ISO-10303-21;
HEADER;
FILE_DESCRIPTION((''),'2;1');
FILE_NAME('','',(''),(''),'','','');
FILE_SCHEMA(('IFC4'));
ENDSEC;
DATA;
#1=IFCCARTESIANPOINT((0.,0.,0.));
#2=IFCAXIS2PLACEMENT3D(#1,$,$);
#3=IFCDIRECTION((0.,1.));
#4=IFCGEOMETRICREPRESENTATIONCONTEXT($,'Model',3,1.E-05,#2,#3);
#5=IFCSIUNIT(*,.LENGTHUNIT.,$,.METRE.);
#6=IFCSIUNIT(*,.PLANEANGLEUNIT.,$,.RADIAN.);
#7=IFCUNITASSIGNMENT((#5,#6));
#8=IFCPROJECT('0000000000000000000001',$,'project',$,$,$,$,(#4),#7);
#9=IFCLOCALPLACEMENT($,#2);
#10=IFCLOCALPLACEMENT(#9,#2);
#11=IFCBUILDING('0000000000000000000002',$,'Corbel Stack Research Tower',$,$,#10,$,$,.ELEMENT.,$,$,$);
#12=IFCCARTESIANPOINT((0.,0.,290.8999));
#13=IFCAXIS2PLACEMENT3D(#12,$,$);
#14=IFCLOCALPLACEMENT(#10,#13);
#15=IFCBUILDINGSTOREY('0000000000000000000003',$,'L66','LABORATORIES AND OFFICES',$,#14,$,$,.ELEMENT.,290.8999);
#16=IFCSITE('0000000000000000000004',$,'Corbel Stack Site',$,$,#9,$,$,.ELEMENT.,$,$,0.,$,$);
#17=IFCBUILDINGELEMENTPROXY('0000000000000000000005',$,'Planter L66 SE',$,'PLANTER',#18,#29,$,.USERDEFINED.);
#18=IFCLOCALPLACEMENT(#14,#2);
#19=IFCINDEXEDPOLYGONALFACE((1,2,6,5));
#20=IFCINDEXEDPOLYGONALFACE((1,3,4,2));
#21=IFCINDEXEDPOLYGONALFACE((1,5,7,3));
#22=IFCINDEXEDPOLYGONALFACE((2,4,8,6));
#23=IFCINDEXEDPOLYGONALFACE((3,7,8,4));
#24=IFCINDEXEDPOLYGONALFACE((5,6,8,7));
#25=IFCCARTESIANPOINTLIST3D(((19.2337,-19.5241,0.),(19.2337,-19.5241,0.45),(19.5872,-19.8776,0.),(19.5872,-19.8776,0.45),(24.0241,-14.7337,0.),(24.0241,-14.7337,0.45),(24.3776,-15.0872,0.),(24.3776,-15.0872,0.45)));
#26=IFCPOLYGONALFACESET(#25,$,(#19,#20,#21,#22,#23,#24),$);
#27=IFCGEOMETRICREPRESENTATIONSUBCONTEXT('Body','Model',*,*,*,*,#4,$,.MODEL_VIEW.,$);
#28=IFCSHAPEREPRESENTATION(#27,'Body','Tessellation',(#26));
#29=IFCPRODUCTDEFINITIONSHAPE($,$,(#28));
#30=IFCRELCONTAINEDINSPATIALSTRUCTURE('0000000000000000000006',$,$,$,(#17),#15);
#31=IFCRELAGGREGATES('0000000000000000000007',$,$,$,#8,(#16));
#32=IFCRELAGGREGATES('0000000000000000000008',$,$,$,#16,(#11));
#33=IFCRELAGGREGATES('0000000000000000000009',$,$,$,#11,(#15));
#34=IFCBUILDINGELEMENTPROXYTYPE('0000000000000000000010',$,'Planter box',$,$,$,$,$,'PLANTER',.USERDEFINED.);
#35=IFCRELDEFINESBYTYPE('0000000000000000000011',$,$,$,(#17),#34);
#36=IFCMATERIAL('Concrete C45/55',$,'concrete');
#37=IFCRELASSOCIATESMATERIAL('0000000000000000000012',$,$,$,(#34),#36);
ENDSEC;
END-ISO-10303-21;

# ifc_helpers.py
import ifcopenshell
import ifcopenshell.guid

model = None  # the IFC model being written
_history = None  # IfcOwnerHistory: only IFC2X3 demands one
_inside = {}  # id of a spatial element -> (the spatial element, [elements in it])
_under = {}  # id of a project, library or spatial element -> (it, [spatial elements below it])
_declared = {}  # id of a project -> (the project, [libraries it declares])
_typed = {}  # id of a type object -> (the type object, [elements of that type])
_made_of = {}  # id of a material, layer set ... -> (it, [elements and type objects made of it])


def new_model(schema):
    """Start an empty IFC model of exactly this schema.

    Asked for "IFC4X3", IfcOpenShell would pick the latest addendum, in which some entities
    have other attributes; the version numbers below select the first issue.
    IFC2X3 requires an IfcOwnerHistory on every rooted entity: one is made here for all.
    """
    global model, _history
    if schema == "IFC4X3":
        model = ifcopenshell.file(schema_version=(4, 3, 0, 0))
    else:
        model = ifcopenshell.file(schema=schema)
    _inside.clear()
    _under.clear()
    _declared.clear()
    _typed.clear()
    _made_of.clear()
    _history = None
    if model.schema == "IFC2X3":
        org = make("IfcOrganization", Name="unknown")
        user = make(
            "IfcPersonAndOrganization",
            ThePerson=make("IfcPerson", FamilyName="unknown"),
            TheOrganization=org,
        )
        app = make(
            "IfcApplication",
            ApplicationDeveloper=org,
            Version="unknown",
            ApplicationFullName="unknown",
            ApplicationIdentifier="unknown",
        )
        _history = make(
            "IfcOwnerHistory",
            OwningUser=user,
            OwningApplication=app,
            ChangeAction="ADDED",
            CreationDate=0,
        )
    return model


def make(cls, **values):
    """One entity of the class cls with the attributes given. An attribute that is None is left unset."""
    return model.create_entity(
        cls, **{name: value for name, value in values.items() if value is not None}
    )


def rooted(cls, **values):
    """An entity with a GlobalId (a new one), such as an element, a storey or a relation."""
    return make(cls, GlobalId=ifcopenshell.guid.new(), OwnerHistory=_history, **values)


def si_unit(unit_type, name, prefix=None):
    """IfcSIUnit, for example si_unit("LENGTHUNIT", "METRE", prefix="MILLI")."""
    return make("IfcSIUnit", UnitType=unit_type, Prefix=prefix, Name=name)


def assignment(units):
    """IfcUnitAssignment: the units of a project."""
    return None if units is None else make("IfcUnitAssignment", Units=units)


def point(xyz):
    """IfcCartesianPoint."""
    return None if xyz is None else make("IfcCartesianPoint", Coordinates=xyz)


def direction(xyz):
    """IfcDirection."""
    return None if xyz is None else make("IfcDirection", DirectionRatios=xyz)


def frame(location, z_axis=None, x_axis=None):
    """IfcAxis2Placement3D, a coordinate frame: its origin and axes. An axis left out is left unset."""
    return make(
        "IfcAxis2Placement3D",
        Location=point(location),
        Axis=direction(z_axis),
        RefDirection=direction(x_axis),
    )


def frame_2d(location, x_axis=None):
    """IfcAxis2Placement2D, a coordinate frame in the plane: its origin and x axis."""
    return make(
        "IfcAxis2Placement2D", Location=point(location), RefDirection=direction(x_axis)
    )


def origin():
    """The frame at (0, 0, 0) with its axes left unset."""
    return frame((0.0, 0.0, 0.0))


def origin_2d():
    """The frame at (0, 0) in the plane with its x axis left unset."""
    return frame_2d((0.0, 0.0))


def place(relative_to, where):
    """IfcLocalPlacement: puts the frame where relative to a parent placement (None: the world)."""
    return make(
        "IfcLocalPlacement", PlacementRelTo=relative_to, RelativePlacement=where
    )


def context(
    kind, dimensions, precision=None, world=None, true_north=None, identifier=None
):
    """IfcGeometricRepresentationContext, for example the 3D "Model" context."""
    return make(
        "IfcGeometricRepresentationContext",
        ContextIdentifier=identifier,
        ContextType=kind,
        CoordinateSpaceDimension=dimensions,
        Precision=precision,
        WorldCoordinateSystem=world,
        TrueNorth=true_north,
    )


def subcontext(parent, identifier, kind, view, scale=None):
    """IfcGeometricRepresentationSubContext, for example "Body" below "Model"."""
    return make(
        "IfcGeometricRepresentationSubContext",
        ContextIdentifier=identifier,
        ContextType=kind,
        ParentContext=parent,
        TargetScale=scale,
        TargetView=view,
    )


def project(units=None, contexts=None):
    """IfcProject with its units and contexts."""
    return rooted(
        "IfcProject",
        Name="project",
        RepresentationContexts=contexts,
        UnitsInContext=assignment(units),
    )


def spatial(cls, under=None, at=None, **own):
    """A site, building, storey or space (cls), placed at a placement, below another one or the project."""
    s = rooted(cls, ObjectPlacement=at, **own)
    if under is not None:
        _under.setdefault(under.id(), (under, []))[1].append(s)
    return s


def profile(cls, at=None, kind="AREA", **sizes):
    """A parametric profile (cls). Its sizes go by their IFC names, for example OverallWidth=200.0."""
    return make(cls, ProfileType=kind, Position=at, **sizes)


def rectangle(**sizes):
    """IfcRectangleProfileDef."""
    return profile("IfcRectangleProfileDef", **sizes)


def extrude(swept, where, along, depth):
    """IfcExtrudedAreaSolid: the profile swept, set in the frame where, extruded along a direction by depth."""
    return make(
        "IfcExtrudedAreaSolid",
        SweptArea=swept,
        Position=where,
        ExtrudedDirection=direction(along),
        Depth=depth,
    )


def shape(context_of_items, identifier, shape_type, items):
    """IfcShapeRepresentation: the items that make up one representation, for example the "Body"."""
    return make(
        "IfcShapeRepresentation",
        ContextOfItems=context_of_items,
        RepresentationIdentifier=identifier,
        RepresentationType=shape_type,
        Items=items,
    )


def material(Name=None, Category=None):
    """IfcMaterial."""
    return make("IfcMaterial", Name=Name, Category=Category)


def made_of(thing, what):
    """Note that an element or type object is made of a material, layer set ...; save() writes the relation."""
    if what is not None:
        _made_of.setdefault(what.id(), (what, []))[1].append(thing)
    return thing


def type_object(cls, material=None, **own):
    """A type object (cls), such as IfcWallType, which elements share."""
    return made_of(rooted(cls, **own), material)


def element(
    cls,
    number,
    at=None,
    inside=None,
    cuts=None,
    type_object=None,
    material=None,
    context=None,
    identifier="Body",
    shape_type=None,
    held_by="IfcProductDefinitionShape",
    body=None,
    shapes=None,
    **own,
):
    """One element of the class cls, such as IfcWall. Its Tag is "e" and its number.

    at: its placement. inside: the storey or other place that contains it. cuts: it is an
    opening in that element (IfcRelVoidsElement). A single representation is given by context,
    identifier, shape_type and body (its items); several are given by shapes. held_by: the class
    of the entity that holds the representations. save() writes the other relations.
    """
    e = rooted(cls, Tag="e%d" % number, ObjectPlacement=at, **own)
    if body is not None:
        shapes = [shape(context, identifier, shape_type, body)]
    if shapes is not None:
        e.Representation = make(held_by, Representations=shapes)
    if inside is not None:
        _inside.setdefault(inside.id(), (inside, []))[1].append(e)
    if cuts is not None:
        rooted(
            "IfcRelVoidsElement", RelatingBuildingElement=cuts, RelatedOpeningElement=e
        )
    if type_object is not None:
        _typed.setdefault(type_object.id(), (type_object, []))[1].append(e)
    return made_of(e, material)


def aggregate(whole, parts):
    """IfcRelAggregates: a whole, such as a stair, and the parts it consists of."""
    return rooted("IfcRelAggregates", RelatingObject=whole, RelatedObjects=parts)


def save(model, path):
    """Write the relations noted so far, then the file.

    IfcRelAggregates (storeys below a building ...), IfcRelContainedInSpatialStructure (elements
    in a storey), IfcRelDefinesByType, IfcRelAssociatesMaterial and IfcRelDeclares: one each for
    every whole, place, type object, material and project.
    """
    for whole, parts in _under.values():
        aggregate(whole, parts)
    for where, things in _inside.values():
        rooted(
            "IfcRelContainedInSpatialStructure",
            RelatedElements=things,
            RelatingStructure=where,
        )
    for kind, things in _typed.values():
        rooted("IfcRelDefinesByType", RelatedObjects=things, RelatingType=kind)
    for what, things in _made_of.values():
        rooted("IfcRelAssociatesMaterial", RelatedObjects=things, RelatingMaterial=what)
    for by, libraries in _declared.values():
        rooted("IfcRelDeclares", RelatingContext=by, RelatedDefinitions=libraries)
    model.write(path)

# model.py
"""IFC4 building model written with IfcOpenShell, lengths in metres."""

from ifc_helpers import new_model, si_unit, direction, frame, origin, origin_2d, place, context, subcontext, project, spatial, rectangle, extrude, material, type_object, element, save


model = new_model("IFC4")

# Units and contexts
model_context = context("Model", 3, precision=1e-05, world=origin(), true_north=direction((0.0, 1.0)))
body_context = subcontext(model_context, "Body", "Model", "MODEL_VIEW")
ifc_project = project(units=[si_unit("LENGTHUNIT", "METRE"), si_unit("PLANEANGLEUNIT", "RADIAN")], contexts=[model_context])

# Site, building, storey
site_placement = place(None, origin())
site = spatial("IfcSite", under=ifc_project, at=site_placement, Name="Corbel Stack Site", CompositionType="ELEMENT", RefElevation=0.0)
building_placement = place(site_placement, origin())
building = spatial("IfcBuilding", under=site, at=building_placement, Name="Corbel Stack Research Tower", CompositionType="ELEMENT")
storey_placement = place(building_placement, frame((0.0, 0.0, 290.8999)))
storey = spatial("IfcBuildingStorey", under=building, at=storey_placement, Name="L66", Description="LABORATORIES AND OFFICES", CompositionType="ELEMENT", Elevation=290.8999)

# Building element proxy
ifc_material_1 = material(Name="Concrete C45/55", Category="concrete")
building_element_proxy_type = type_object("IfcBuildingElementProxyType", Name="Planter box", ElementType="PLANTER", PredefinedType="USERDEFINED", material=ifc_material_1)
proxy_placement = place(storey_placement, frame((21.8057, -17.3057, 0.0), z_axis=(0.0, 0.0, 1.0), x_axis=(0.707107, 0.707107, 0.0)))
element("IfcBuildingElementProxy", 1, at=proxy_placement, inside=storey, type_object=building_element_proxy_type, Name="Planter L66 SE", ObjectType="PLANTER", PredefinedType="USERDEFINED", context=body_context, shape_type="SweptSolid", body=[
    extrude(rectangle(XDim=6.7747, YDim=0.5, at=origin_2d()), origin(), (0.0, 0.0, 1.0), 0.45),
])

save(model, "model.ifc")
